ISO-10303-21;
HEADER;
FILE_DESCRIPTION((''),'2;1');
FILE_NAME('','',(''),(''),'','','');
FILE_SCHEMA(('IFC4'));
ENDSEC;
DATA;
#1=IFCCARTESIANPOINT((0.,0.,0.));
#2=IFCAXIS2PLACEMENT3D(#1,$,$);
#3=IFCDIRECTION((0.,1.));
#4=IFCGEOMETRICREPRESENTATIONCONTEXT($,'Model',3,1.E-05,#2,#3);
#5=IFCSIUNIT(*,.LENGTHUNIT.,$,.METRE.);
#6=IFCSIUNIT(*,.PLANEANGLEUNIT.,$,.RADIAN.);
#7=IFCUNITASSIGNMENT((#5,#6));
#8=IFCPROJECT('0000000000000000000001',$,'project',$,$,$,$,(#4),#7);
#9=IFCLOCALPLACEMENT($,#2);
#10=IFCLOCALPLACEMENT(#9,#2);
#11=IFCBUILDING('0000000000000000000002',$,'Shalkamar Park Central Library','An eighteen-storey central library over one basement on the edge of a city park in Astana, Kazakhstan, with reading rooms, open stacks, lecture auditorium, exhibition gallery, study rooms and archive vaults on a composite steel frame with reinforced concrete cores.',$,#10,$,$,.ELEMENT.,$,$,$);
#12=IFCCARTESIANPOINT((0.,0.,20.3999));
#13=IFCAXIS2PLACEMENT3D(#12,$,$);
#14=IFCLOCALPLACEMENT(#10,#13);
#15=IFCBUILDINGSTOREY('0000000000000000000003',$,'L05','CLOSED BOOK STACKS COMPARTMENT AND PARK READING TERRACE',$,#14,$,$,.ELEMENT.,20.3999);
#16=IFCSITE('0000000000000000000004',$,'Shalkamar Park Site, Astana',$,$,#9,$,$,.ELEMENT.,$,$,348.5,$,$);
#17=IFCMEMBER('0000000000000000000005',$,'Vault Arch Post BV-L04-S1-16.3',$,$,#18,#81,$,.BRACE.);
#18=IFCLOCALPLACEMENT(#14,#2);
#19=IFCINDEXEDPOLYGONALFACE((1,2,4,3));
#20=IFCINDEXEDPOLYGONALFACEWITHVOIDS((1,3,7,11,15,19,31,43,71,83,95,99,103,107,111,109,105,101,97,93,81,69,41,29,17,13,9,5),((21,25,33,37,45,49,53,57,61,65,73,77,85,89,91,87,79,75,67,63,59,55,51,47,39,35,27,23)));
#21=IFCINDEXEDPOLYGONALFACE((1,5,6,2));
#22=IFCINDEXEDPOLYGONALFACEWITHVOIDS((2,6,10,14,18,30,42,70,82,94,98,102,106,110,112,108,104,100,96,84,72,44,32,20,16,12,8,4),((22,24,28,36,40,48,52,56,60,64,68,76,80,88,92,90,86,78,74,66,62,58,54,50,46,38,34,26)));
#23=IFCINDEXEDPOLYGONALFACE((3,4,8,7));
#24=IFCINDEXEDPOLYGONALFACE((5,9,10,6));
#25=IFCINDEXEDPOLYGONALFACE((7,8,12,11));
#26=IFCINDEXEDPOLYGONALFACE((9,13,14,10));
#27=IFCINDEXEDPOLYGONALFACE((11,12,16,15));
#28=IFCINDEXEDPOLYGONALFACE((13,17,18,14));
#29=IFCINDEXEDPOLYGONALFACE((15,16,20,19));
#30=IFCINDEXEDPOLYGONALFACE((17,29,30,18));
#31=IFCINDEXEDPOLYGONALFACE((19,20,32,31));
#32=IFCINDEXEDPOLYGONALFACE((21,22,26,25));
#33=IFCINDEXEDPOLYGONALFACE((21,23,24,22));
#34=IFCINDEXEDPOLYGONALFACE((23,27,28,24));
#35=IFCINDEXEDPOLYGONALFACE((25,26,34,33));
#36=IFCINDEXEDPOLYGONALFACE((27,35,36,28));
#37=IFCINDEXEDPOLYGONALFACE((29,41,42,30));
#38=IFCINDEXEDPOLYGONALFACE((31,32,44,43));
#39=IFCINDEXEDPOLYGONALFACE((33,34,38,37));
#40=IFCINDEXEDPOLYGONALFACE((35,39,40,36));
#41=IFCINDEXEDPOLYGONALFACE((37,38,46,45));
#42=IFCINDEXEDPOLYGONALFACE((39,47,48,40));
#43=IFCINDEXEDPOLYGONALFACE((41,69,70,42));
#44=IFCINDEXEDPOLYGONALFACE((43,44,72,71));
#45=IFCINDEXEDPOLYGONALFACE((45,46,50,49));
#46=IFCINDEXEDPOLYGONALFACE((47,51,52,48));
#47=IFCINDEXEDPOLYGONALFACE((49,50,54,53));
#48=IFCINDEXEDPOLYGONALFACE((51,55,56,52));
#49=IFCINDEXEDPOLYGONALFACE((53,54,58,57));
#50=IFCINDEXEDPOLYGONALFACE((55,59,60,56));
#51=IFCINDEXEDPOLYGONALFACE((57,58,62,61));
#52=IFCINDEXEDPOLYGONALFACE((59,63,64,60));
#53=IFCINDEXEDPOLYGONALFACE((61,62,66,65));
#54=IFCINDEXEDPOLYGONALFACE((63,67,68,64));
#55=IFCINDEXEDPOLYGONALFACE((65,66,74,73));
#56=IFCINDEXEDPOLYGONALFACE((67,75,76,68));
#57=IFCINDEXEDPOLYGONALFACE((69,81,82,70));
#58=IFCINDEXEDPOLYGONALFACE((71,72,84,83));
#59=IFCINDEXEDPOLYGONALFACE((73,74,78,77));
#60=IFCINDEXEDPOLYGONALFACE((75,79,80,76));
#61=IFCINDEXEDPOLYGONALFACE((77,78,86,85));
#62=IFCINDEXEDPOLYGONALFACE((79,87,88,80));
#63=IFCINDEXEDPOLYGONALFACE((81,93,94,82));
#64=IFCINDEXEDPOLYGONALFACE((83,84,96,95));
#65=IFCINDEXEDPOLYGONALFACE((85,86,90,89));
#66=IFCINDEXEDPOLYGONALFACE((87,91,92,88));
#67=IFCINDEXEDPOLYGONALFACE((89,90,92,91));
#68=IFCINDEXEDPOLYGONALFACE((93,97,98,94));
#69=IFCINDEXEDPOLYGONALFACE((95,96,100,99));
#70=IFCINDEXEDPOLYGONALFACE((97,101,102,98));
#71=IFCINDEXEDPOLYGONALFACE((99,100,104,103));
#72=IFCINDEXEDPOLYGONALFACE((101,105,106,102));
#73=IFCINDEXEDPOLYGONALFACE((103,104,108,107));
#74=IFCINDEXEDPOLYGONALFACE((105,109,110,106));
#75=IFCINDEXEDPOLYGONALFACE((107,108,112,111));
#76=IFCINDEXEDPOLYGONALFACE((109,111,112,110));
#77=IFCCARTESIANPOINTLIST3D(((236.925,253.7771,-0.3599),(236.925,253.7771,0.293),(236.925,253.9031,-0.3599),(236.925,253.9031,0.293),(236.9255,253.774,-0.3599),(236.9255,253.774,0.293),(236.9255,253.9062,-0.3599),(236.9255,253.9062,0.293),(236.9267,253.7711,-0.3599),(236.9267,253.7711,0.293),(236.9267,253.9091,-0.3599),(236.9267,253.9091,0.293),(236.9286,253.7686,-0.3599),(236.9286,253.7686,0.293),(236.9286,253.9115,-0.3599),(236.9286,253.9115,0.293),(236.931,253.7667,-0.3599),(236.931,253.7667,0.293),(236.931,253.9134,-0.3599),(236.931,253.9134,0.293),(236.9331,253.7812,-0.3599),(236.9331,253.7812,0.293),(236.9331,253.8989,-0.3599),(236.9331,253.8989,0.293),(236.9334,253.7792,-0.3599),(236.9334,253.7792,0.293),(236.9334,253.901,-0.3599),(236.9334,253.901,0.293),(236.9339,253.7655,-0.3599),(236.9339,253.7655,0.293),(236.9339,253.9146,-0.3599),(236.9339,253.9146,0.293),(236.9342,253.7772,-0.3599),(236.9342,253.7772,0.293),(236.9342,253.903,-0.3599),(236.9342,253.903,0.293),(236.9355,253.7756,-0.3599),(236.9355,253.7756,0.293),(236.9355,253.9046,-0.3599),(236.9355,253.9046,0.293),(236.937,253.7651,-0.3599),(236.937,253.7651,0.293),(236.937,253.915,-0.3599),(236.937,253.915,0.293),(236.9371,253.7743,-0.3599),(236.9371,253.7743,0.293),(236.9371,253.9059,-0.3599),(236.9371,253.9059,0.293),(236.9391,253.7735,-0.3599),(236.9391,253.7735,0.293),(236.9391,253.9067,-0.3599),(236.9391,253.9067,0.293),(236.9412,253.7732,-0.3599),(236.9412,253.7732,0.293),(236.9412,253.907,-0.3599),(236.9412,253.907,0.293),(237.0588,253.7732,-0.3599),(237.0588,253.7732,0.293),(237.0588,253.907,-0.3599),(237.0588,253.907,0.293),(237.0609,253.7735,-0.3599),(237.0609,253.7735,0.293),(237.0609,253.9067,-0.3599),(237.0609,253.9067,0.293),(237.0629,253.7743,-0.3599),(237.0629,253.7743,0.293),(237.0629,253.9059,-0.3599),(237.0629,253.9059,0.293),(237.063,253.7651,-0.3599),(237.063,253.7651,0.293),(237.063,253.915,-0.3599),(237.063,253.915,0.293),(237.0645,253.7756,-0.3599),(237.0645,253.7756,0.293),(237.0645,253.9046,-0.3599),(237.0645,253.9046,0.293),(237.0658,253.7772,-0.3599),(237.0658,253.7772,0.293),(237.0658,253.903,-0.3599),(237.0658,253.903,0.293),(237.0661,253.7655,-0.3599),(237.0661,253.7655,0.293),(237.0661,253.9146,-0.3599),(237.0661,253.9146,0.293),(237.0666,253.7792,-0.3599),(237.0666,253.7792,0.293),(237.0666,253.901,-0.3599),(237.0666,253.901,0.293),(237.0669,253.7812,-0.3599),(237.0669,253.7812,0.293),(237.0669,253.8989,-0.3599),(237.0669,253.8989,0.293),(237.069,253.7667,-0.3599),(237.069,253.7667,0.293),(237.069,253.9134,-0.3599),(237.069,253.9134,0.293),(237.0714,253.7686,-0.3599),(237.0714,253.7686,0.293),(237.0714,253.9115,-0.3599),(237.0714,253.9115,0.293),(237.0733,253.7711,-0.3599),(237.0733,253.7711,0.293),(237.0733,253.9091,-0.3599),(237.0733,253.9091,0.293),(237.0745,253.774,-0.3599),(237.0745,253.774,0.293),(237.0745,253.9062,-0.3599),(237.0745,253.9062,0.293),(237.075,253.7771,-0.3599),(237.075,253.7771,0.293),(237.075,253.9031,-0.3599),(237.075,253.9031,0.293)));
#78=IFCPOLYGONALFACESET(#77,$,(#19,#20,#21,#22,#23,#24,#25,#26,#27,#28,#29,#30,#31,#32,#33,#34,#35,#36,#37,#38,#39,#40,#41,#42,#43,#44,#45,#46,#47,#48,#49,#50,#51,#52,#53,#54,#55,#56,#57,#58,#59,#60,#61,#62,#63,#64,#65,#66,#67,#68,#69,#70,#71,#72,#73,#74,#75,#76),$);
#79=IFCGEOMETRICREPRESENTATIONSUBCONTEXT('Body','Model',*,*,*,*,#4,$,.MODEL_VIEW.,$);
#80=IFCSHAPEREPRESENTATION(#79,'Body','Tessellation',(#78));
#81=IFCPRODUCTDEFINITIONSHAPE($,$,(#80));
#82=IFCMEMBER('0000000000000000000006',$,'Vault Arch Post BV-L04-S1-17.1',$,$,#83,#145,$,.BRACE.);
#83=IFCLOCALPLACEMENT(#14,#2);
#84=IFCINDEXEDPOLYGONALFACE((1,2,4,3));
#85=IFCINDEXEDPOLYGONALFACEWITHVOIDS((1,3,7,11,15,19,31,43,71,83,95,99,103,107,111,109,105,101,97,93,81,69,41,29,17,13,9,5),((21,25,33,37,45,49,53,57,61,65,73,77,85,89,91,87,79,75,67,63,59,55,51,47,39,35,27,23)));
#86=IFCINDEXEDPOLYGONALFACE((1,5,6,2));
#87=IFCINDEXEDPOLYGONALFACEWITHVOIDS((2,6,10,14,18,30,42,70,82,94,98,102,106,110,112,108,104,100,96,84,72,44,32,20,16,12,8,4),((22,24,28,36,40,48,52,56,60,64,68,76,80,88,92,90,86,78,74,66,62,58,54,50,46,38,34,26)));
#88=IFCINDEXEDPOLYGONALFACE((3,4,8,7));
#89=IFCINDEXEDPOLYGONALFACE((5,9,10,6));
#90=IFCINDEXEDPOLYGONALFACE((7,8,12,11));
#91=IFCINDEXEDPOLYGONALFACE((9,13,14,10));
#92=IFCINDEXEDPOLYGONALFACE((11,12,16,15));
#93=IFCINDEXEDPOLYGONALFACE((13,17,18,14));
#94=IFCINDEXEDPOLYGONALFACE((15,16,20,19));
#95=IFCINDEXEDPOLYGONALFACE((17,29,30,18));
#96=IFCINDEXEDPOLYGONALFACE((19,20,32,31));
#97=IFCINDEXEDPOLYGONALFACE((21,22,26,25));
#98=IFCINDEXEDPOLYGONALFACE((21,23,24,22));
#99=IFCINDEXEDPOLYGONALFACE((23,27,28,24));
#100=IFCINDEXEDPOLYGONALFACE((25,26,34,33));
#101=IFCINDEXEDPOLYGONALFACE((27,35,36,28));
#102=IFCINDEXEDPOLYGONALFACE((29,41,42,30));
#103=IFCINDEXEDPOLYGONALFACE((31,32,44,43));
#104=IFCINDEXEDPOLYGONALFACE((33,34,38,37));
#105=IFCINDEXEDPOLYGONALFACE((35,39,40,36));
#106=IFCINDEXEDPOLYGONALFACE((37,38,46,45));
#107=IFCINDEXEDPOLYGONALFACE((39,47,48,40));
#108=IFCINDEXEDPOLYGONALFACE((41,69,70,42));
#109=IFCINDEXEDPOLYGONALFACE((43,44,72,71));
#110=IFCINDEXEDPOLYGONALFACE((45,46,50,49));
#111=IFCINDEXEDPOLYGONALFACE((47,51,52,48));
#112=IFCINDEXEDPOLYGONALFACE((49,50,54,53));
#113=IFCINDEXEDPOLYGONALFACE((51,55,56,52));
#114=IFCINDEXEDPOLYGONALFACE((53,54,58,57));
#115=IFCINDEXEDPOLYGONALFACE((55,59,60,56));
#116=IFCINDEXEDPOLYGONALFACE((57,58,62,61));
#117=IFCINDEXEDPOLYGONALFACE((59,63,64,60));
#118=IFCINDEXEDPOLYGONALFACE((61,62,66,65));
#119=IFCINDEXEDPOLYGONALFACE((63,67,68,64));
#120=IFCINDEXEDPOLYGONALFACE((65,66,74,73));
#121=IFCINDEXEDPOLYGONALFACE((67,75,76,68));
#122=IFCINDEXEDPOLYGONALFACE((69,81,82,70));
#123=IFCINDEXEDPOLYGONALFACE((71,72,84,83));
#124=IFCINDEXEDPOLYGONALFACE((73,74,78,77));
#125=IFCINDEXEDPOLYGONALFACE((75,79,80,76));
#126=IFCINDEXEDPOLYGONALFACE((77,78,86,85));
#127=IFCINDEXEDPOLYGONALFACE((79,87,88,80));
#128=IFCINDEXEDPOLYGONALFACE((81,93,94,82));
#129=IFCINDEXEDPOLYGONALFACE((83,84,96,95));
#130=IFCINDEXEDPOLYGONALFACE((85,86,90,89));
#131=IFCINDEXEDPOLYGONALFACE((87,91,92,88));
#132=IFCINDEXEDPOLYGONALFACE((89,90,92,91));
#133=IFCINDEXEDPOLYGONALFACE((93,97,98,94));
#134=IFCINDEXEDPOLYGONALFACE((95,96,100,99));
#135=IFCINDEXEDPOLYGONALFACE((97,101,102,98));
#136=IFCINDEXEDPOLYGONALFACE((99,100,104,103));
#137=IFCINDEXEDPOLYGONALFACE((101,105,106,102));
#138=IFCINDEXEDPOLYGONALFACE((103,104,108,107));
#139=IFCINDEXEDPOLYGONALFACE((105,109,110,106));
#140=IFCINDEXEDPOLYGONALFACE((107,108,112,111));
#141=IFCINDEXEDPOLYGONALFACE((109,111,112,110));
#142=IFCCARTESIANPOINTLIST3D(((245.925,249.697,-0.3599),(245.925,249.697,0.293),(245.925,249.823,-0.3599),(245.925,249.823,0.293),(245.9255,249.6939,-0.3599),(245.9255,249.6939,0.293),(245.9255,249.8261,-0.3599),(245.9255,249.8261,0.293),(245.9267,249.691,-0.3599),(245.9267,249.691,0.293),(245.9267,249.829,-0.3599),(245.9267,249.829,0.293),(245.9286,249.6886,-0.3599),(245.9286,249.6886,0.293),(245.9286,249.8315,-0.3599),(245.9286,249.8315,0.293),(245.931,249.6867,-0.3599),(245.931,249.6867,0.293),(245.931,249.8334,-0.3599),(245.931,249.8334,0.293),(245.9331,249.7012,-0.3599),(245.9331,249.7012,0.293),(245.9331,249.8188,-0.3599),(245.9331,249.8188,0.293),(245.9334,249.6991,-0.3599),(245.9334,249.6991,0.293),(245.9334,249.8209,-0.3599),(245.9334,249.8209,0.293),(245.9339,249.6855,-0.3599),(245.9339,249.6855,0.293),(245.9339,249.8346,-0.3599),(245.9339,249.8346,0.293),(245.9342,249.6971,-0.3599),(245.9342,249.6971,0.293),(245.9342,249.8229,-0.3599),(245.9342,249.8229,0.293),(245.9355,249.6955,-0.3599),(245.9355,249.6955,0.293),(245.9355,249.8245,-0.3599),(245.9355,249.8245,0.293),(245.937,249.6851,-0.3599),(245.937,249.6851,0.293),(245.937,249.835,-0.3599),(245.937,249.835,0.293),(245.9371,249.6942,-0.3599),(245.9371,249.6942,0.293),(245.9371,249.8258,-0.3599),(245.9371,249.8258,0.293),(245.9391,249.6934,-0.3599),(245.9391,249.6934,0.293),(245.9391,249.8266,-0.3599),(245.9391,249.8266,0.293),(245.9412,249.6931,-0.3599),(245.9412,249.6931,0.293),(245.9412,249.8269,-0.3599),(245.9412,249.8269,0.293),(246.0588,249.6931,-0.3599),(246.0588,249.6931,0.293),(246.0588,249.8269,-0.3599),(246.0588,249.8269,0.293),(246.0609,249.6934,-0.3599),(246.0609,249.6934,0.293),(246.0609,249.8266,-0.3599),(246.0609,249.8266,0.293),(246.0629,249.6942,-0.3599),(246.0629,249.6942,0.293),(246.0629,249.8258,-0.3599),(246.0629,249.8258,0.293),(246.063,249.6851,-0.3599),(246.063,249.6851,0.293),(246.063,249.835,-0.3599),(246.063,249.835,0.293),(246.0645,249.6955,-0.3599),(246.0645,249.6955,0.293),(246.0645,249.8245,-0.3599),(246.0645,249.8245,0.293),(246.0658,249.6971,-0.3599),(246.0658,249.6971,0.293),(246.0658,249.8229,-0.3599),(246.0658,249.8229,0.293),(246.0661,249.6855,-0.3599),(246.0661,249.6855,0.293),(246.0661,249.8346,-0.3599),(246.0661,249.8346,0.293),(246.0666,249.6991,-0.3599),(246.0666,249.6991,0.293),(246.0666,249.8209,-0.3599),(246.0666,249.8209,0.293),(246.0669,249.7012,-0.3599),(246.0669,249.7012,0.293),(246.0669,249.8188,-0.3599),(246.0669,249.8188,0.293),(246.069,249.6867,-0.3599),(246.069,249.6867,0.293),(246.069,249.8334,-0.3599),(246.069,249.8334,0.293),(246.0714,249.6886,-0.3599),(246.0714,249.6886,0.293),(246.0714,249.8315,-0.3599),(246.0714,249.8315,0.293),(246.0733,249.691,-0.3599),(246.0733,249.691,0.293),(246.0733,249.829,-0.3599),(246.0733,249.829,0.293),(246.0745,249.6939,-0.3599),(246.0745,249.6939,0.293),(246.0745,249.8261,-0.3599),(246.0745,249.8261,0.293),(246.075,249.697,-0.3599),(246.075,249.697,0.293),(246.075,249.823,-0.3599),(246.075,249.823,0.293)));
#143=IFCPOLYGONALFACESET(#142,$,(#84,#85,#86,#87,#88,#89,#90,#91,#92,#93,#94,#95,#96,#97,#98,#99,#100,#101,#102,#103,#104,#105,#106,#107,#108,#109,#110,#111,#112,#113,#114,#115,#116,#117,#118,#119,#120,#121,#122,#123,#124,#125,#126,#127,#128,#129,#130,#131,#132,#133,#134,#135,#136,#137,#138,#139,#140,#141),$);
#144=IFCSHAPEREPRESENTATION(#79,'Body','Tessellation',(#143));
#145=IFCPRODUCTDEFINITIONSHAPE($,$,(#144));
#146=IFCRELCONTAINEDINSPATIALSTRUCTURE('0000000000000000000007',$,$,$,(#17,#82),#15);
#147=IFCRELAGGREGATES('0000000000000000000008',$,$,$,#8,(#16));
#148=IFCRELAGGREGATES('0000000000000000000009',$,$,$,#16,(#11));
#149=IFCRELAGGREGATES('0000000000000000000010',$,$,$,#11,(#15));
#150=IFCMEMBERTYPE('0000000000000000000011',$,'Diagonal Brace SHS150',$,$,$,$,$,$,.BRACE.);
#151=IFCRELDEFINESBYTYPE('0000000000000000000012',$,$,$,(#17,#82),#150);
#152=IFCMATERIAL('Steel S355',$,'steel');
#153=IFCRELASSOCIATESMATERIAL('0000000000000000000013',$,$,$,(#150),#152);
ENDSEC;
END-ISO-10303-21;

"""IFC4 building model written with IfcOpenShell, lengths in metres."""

from ifc_helpers import new_model, si_unit, direction, frame, origin, origin_2d, place, context, subcontext, project, spatial, hollow_rectangle, extrude, material, material_profile, profile_set, type_object, element, save


model = new_model("IFC4")

# Units and contexts
model_context = context("Model", 3, precision=1e-05, world=origin(), true_north=direction((0.0, 1.0)))
body_context = subcontext(model_context, "Body", "Model", "MODEL_VIEW")
ifc_project = project(units=[si_unit("LENGTHUNIT", "METRE"), si_unit("PLANEANGLEUNIT", "RADIAN")], contexts=[model_context])

# Site, building, storey
site_placement = place(None, origin())
site = spatial("IfcSite", under=ifc_project, at=site_placement, Name="Shalkamar Park Site, Astana", CompositionType="ELEMENT", RefElevation=348.5)
building_placement = place(site_placement, origin())
building = spatial("IfcBuilding", under=site, at=building_placement, Name="Shalkamar Park Central Library", Description="An eighteen-storey central library over one basement on the edge of a city park in Astana, Kazakhstan, with reading rooms, open stacks, lecture auditorium, exhibition gallery, study rooms and archive vaults on a composite steel frame with reinforced concrete cores.", CompositionType="ELEMENT")
storey_placement = place(building_placement, frame((0.0, 0.0, 20.3999)))
storey = spatial("IfcBuildingStorey", under=building, at=storey_placement, Name="L05", Description="CLOSED BOOK STACKS COMPARTMENT AND PARK READING TERRACE", CompositionType="ELEMENT", Elevation=20.3999)

# Members
ifc_material = material(Name="Steel S355", Category="steel")
ifc_material_profile_1 = material_profile(ifc_material, hollow_rectangle(XDim=0.1499, YDim=0.1499, WallThickness=0.0081, InnerFilletRadius=0.0081, OuterFilletRadius=0.012, at=origin_2d()), Name="SHS 150x150x8")
ifc_profile_set_1 = profile_set([ifc_material_profile_1], Name="Steel S355")
member_type_1 = type_object("IfcMemberType", Name="Diagonal Brace SHS150", PredefinedType="BRACE", material=ifc_profile_set_1)
for number, where, z_axis, x_axis, name in (
    (1, (237.0, 253.8401, -0.3599), (0.0, 0.0, 1.0), (1.0, 0.0, 0.0), "Vault Arch Post BV-L04-S1-16.3"),
    (2, (246.0, 249.76, -0.3599), (0.0, 0.0, 1.0), (1.0, 0.0, 0.0), "Vault Arch Post BV-L04-S1-17.1"),
):
    element("IfcMember", number, at=place(storey_placement, frame(where, z_axis=z_axis, x_axis=x_axis)), inside=storey, type_object=member_type_1, Name=name, PredefinedType="BRACE", context=body_context, shape_type="SweptSolid", body=[
        extrude(hollow_rectangle(XDim=0.1499, YDim=0.1499, WallThickness=0.0081, InnerFilletRadius=0.0081, OuterFilletRadius=0.012, at=origin_2d()), origin(), (0.0, 0.0, 1.0), 0.6528),
    ])

save(model, "model.ifc")
